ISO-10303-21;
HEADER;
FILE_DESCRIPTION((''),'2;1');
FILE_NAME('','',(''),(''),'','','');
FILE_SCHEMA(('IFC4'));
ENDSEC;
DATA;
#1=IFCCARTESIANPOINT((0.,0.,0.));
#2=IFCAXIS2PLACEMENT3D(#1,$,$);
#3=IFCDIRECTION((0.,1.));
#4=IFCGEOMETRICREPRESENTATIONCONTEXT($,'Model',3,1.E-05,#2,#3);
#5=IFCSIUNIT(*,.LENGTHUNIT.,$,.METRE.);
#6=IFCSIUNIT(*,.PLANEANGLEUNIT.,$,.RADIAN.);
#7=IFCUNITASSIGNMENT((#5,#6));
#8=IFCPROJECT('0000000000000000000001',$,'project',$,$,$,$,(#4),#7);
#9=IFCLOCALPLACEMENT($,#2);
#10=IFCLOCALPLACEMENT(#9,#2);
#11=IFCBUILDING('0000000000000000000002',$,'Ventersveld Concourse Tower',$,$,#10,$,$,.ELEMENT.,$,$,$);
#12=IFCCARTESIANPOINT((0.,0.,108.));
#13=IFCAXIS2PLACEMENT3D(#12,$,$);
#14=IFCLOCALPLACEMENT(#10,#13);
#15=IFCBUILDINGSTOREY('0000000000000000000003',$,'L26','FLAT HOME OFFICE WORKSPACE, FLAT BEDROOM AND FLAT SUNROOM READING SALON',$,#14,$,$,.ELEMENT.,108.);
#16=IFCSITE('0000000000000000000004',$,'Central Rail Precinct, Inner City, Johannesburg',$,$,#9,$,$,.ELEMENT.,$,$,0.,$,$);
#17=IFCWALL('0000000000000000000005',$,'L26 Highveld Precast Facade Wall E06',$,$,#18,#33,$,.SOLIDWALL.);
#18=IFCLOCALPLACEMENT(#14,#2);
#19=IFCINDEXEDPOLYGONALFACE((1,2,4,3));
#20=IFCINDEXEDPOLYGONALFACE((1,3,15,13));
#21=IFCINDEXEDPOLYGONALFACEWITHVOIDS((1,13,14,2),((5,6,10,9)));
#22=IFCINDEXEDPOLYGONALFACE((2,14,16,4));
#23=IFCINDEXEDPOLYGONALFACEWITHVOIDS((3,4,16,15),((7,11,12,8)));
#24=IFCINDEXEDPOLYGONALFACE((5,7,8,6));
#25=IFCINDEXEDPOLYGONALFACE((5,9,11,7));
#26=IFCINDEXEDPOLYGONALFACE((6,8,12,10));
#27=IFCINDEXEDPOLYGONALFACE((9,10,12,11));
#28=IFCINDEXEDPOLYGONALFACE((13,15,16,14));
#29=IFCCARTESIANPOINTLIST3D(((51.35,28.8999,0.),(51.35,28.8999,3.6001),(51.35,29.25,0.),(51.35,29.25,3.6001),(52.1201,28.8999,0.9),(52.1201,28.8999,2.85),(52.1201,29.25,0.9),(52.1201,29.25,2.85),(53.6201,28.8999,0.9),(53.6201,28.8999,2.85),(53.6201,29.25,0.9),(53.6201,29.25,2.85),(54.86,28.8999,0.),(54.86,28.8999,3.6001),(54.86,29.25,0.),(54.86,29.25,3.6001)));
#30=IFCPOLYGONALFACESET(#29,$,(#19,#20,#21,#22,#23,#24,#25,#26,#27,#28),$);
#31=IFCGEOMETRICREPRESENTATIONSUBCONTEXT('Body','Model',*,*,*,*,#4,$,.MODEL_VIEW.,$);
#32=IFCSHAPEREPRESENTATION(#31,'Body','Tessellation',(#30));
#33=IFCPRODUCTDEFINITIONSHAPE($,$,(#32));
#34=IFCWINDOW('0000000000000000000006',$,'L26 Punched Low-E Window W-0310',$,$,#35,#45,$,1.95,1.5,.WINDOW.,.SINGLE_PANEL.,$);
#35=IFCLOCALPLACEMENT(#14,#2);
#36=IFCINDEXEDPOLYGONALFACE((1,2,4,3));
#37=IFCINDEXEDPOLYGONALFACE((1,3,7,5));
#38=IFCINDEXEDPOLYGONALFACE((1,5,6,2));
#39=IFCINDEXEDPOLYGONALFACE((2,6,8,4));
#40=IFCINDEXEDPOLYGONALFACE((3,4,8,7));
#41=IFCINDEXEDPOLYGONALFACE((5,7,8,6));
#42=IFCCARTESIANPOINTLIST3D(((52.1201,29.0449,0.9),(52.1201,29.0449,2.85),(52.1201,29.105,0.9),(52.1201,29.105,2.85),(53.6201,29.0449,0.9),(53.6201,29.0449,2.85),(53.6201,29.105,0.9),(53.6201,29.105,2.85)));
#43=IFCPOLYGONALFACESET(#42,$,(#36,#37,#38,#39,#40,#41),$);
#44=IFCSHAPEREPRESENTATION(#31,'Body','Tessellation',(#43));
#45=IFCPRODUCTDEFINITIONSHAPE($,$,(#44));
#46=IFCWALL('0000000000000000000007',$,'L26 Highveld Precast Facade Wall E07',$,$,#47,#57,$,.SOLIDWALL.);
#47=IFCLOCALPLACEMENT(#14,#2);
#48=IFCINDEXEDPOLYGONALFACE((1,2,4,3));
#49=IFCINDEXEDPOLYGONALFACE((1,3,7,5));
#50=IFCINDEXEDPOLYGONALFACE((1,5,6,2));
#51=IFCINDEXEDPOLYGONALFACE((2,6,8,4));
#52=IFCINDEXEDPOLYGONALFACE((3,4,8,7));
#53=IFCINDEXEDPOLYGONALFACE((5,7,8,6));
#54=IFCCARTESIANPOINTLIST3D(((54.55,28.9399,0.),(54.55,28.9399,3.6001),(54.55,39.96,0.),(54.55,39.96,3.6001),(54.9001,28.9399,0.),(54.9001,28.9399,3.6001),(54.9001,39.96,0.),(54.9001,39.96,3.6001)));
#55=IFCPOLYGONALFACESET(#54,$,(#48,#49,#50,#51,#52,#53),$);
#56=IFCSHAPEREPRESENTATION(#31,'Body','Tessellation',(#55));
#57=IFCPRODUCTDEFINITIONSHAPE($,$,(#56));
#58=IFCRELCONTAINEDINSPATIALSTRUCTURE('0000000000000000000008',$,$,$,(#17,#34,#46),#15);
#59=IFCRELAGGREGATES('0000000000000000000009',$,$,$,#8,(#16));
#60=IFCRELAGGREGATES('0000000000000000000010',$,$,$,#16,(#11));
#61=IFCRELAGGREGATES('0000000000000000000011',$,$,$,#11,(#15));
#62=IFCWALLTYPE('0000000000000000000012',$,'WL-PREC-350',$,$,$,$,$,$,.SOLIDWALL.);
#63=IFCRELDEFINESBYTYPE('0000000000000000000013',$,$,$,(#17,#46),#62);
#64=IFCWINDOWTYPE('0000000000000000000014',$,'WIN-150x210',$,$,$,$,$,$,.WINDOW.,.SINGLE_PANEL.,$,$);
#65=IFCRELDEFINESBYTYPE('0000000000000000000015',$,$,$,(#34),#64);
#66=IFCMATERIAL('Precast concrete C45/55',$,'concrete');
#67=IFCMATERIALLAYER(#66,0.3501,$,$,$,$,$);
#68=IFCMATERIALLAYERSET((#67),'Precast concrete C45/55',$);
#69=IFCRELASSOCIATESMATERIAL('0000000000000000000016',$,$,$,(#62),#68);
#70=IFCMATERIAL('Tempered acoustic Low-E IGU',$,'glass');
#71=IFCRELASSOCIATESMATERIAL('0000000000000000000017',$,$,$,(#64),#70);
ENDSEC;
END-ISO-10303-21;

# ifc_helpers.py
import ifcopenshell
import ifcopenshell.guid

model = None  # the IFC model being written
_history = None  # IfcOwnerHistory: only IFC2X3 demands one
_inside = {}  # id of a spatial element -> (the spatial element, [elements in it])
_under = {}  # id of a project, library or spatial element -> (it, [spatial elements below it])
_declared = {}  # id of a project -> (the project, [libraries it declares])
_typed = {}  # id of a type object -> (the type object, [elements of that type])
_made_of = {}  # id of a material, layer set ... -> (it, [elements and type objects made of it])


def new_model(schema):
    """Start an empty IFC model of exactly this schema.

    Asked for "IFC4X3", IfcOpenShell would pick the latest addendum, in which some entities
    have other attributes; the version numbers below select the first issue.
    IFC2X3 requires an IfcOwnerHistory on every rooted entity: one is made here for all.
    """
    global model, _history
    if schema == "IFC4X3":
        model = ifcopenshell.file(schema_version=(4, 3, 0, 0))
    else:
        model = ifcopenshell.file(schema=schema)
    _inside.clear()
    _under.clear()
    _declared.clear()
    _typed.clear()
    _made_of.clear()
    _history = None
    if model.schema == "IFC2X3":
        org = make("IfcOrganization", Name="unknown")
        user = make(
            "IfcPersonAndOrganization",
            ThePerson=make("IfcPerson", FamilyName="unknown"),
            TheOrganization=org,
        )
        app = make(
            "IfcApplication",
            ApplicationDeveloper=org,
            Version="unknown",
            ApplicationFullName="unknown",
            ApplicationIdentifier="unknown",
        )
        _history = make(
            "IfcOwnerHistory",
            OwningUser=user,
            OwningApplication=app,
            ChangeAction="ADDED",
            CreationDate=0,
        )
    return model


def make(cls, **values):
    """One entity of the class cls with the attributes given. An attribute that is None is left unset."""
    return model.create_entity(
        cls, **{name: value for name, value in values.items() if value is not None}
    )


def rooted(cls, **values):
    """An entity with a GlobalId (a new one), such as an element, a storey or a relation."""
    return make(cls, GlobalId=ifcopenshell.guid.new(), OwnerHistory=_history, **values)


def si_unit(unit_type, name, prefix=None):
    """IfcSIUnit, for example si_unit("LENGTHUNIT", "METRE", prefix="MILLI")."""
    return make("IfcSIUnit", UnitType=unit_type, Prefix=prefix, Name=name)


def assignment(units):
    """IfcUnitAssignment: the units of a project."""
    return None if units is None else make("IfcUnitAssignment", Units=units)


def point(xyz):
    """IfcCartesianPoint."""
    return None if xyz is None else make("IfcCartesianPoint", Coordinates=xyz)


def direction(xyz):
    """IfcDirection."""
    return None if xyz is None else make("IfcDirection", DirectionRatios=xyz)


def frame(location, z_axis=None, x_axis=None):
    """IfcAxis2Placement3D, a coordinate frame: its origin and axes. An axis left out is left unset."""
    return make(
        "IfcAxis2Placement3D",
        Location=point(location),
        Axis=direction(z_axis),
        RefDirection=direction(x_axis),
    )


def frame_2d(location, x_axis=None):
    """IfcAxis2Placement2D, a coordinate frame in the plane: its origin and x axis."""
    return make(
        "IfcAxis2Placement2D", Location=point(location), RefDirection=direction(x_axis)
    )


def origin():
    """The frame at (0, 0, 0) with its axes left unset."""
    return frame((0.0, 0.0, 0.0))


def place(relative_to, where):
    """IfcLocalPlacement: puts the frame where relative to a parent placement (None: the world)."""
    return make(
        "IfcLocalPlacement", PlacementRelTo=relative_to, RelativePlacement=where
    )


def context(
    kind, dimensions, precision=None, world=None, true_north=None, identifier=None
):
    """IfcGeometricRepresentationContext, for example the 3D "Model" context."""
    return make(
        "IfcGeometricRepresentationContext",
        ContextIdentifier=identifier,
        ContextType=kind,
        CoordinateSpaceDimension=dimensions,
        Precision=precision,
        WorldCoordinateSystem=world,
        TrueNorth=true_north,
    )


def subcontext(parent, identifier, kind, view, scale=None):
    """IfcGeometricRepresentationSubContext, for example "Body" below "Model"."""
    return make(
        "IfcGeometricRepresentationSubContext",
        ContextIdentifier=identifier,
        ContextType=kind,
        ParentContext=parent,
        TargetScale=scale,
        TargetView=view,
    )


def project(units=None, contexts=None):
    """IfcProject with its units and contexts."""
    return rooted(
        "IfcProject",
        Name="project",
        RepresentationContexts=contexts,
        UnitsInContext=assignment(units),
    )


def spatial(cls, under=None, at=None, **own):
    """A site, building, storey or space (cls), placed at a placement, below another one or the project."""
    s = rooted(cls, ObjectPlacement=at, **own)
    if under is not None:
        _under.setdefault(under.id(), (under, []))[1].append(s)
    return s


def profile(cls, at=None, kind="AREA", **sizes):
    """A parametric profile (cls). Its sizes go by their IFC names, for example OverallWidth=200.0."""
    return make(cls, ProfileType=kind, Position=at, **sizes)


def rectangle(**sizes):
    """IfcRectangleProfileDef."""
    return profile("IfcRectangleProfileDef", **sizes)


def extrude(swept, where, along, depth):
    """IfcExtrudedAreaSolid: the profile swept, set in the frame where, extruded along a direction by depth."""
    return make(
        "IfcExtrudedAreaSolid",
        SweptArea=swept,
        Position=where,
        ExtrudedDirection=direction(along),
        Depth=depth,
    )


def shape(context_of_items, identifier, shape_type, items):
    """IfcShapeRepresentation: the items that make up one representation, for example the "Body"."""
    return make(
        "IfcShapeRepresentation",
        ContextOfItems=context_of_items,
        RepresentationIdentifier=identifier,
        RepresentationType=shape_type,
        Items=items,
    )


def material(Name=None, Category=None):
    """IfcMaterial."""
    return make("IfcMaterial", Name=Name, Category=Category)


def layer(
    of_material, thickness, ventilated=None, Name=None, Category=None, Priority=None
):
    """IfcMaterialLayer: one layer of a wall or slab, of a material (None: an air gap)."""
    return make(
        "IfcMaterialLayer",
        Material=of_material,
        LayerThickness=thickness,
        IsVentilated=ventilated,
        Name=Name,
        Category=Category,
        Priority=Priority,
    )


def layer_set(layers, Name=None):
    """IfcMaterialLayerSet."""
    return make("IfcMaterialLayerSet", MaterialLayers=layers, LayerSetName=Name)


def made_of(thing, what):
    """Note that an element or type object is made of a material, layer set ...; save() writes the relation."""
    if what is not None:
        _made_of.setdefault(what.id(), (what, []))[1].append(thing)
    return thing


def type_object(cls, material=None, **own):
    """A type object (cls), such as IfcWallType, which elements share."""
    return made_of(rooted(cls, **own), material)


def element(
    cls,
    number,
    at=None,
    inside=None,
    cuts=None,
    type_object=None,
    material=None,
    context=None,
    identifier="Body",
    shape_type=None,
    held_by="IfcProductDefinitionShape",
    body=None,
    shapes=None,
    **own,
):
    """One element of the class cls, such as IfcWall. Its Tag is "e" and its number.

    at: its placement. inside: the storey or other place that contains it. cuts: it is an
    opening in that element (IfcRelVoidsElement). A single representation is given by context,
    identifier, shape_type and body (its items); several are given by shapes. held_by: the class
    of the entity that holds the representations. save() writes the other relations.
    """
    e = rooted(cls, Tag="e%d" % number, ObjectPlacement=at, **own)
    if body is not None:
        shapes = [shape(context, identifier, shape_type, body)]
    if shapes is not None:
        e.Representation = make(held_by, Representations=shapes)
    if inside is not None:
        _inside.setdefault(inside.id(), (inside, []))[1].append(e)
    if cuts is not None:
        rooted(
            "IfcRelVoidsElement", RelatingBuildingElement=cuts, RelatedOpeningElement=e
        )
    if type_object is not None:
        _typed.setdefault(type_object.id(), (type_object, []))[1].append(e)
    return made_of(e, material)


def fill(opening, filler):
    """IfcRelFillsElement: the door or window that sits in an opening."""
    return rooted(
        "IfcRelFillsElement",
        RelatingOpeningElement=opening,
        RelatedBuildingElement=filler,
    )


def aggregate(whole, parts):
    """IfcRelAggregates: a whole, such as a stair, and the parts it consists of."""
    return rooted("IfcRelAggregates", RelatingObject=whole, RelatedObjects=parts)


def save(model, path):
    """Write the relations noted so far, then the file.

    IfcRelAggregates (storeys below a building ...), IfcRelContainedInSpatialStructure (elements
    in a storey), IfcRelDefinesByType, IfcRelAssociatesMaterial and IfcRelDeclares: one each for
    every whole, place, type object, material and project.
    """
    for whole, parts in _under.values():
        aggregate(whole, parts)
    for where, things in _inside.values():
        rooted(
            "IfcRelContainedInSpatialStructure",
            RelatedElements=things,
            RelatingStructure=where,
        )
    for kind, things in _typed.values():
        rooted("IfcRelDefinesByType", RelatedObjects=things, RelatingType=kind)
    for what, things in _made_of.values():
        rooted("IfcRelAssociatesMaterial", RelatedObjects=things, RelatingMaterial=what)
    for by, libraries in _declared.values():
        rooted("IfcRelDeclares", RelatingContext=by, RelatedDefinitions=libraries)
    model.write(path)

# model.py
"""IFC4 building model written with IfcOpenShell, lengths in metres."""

from ifc_helpers import new_model, si_unit, direction, frame, frame_2d, origin, place, context, subcontext, project, spatial, rectangle, extrude, material, layer, layer_set, type_object, element, fill, save


model = new_model("IFC4")

# Units and contexts
model_context = context("Model", 3, precision=1e-05, world=origin(), true_north=direction((0.0, 1.0)))
body_context = subcontext(model_context, "Body", "Model", "MODEL_VIEW")
ifc_project = project(units=[si_unit("LENGTHUNIT", "METRE"), si_unit("PLANEANGLEUNIT", "RADIAN")], contexts=[model_context])

# Site, building, storey
site_placement = place(None, origin())
site = spatial("IfcSite", under=ifc_project, at=site_placement, Name="Central Rail Precinct, Inner City, Johannesburg", CompositionType="ELEMENT", RefElevation=0.0)
building_placement = place(site_placement, origin())
building = spatial("IfcBuilding", under=site, at=building_placement, Name="Ventersveld Concourse Tower", CompositionType="ELEMENT")
storey_placement = place(building_placement, frame((0.0, 0.0, 108.0)))
storey = spatial("IfcBuildingStorey", under=building, at=storey_placement, Name="L26", Description="FLAT HOME OFFICE WORKSPACE, FLAT BEDROOM AND FLAT SUNROOM READING SALON", CompositionType="ELEMENT", Elevation=108.0)

# Wall, opening, window
ifc_material_1 = material(Name="Precast concrete C45/55", Category="concrete")
ifc_layer_1 = layer(ifc_material_1, 0.3501)
ifc_layer_set_1 = layer_set([ifc_layer_1], Name="Precast concrete C45/55")
wall_type_1 = type_object("IfcWallType", Name="WL-PREC-350", PredefinedType="SOLIDWALL", material=ifc_layer_set_1)
wall_1_placement = place(storey_placement, frame((51.3501, 29.075, 0.0), z_axis=(0.0, 0.0, 1.0), x_axis=(1.0, 0.0, 0.0)))
wall_1 = element("IfcWall", 1, at=wall_1_placement, inside=storey, type_object=wall_type_1, Name="L26 Highveld Precast Facade Wall E06", PredefinedType="SOLIDWALL", context=body_context, shape_type="SweptSolid", body=[
    extrude(rectangle(XDim=3.51, YDim=0.3501, at=frame_2d((1.7549, 0.0))), origin(), (0.0, 0.0, 1.0), 3.6001),
])
opening_1_placement = place(wall_1_placement, frame((0.77, 0.0, 0.8999)))
opening_1 = element("IfcOpeningElement", 2, at=opening_1_placement, cuts=wall_1, PredefinedType="OPENING", context=body_context, shape_type="SweptSolid", body=[
    extrude(rectangle(XDim=1.5, YDim=1.95, at=frame_2d((0.75, 0.9751))), frame((0.0, 0.1851, 0.0), z_axis=(0.0, -1.0, 0.0), x_axis=(1.0, 0.0, 0.0)), (0.0, 0.0, 1.0), 0.3701),
])
ifc_material_2 = material(Name="Tempered acoustic Low-E IGU", Category="glass")
window_type = type_object("IfcWindowType", Name="WIN-150x210", PartitioningType="SINGLE_PANEL", PredefinedType="WINDOW", material=ifc_material_2)
window_placement = place(opening_1_placement, origin())
window = element("IfcWindow", 3, at=window_placement, inside=storey, type_object=window_type, Name="L26 Punched Low-E Window W-0310", OverallHeight=1.95, OverallWidth=1.5, PartitioningType="SINGLE_PANEL", PredefinedType="WINDOW", context=body_context, shape_type="SweptSolid", body=[
    extrude(rectangle(XDim=1.5, YDim=1.95, at=frame_2d((0.75, 0.9751))), frame((0.0, 0.03, 0.0), z_axis=(0.0, -1.0, 0.0), x_axis=(1.0, 0.0, 0.0)), (0.0, 0.0, 1.0), 0.0601),
])
fill(opening_1, window)

# Wall
wall_2_placement = place(storey_placement, frame((54.7251, 28.9399, 0.0), z_axis=(0.0, 0.0, 1.0), x_axis=(0.0, 1.0, 0.0)))
element("IfcWall", 4, at=wall_2_placement, inside=storey, type_object=wall_type_1, Name="L26 Highveld Precast Facade Wall E07", PredefinedType="SOLIDWALL", context=body_context, shape_type="SweptSolid", body=[
    extrude(rectangle(XDim=11.02, YDim=0.3501, at=frame_2d((5.51, 0.0))), origin(), (0.0, 0.0, 1.0), 3.6001),
])

save(model, "model.ifc")
